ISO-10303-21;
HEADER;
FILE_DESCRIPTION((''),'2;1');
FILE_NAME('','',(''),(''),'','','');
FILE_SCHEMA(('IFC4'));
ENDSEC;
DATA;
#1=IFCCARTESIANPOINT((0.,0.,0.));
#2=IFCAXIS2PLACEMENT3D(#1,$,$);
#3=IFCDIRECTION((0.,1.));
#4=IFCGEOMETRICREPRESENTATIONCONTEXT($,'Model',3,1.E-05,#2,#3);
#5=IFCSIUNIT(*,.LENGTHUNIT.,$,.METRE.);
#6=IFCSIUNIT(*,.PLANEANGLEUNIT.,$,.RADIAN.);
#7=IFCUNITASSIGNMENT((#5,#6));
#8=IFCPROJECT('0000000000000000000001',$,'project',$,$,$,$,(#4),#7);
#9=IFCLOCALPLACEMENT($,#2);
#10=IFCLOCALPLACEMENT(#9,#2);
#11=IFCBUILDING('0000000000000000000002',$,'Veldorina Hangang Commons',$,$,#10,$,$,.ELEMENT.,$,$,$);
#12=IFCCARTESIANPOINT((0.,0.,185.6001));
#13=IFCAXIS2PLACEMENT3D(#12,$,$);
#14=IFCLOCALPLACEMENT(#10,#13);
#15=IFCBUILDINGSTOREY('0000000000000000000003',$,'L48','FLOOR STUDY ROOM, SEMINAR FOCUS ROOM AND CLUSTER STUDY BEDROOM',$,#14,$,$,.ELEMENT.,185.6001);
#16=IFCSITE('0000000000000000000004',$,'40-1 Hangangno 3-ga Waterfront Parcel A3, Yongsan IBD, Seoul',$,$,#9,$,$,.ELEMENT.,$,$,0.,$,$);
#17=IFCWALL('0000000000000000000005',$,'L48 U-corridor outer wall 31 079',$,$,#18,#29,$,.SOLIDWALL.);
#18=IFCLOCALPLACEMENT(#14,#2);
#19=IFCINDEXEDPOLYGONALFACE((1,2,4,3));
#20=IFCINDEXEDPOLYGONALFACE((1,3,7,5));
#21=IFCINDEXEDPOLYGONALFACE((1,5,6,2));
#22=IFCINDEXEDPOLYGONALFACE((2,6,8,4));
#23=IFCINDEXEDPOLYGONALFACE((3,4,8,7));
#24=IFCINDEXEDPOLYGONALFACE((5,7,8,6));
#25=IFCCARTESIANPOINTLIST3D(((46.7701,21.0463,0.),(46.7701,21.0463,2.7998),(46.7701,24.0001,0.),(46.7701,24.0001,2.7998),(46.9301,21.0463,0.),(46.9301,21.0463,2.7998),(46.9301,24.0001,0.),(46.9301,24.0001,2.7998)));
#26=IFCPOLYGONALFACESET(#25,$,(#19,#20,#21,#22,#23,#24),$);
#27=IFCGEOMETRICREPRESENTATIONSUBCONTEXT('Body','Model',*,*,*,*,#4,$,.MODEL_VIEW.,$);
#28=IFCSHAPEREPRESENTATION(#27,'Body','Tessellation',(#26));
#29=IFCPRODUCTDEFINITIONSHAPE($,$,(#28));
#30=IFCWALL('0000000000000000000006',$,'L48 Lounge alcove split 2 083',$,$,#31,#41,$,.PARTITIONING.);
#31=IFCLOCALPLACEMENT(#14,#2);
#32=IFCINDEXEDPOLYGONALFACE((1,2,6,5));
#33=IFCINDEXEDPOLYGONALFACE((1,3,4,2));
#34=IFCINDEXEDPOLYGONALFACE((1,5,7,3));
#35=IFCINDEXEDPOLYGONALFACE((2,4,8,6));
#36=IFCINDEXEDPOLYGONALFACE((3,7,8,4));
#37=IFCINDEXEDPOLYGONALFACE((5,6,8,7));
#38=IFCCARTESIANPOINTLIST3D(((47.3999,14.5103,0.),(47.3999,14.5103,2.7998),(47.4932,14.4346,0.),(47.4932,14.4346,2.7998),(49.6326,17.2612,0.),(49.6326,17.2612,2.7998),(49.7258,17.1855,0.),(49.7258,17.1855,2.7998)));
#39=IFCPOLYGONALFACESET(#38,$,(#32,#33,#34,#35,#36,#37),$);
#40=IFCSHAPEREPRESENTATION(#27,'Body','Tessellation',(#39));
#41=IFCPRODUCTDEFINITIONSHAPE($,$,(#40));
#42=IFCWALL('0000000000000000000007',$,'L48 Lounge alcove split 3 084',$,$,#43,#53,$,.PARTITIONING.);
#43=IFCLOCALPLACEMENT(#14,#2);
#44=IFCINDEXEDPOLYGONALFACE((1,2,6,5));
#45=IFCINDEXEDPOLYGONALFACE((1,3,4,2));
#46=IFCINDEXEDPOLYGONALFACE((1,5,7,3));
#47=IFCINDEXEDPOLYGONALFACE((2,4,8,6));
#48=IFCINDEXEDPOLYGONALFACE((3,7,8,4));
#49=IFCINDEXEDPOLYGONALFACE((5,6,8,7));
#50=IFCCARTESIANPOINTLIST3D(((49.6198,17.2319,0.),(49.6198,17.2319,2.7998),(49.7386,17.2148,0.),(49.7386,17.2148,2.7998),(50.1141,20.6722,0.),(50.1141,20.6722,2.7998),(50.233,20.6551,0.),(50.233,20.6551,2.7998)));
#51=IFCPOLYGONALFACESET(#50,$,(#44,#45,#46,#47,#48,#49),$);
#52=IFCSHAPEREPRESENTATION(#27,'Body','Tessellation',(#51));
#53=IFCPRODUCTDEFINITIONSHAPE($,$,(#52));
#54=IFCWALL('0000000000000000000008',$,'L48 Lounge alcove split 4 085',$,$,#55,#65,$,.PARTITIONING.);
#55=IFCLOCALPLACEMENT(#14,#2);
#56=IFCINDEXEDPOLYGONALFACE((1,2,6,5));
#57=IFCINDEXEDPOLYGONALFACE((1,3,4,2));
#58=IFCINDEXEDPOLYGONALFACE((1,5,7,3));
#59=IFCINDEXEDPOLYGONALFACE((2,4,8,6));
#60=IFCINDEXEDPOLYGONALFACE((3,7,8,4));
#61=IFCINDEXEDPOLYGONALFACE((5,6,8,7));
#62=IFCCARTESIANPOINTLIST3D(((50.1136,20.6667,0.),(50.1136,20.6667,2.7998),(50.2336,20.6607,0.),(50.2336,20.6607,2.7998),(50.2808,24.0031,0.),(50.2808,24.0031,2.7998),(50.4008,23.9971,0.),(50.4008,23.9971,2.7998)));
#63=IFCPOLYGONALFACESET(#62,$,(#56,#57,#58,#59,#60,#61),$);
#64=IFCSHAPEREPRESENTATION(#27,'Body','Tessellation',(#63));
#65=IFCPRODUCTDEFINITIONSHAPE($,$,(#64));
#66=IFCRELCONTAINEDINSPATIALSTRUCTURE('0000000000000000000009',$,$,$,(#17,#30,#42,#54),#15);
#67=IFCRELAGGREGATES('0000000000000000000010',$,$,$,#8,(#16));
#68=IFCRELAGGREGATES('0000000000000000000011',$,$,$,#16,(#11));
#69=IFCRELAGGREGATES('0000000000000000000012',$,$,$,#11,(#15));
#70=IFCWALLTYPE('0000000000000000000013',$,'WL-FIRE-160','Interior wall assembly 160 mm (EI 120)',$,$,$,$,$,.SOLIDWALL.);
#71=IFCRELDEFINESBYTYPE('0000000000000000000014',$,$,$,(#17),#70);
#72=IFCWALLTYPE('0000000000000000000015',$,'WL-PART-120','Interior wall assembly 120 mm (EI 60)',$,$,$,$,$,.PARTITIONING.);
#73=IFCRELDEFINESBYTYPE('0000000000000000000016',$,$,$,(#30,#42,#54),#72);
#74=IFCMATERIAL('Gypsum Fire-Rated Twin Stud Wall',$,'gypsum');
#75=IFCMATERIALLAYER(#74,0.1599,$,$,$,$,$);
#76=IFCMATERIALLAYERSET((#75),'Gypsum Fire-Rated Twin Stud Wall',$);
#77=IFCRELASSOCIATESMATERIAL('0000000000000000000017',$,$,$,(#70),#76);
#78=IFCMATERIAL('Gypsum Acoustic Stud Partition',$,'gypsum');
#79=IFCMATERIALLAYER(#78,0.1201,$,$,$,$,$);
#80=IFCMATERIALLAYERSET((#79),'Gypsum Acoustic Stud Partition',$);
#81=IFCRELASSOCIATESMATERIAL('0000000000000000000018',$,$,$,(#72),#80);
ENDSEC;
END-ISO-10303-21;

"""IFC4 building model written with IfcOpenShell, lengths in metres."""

from ifc_helpers import new_model, si_unit, direction, frame, frame_2d, origin, place, context, subcontext, project, spatial, rectangle, extrude, material, layer, layer_set, type_object, element, save


model = new_model("IFC4")

# Units and contexts
model_context = context("Model", 3, precision=1e-05, world=origin(), true_north=direction((0.0, 1.0)))
body_context = subcontext(model_context, "Body", "Model", "MODEL_VIEW")
ifc_project = project(units=[si_unit("LENGTHUNIT", "METRE"), si_unit("PLANEANGLEUNIT", "RADIAN")], contexts=[model_context])

# Site, building, storey
site_placement = place(None, origin())
site = spatial("IfcSite", under=ifc_project, at=site_placement, Name="40-1 Hangangno 3-ga Waterfront Parcel A3, Yongsan IBD, Seoul", CompositionType="ELEMENT", RefElevation=0.0)
building_placement = place(site_placement, origin())
building = spatial("IfcBuilding", under=site, at=building_placement, Name="Veldorina Hangang Commons", CompositionType="ELEMENT")
storey_placement = place(building_placement, frame((0.0, 0.0, 185.6001)))
storey = spatial("IfcBuildingStorey", under=building, at=storey_placement, Name="L48", Description="FLOOR STUDY ROOM, SEMINAR FOCUS ROOM AND CLUSTER STUDY BEDROOM", CompositionType="ELEMENT", Elevation=185.6001)

# Shared definitions
ifc_material_1 = material(Name="Gypsum Fire-Rated Twin Stud Wall", Category="gypsum")
ifc_layer_1 = layer(ifc_material_1, 0.1599)
ifc_layer_set_1 = layer_set([ifc_layer_1], Name="Gypsum Fire-Rated Twin Stud Wall")
wall_type_1 = type_object("IfcWallType", Name="WL-FIRE-160", Description="Interior wall assembly 160 mm (EI 120)", PredefinedType="SOLIDWALL", material=ifc_layer_set_1)

# Walls
wall_1_placement = place(storey_placement, frame((46.8501, 21.0461, 0.0), z_axis=(0.0, 0.0, 1.0), x_axis=(0.0, 1.0, 0.0)))
element("IfcWall", 1, at=wall_1_placement, inside=storey, type_object=wall_type_1, Name="L48 U-corridor outer wall 31 079", PredefinedType="SOLIDWALL", context=body_context, shape_type="SweptSolid", body=[
    extrude(rectangle(XDim=2.9539, YDim=0.1599, at=frame_2d((1.4771, 0.0))), origin(), (0.0, 0.0, 1.0), 2.7998),
])
ifc_material_2 = material(Name="Gypsum Acoustic Stud Partition", Category="gypsum")
ifc_layer_2 = layer(ifc_material_2, 0.1201)
ifc_layer_set_2 = layer_set([ifc_layer_2], Name="Gypsum Acoustic Stud Partition")
wall_type_2 = type_object("IfcWallType", Name="WL-PART-120", Description="Interior wall assembly 120 mm (EI 60)", PredefinedType="PARTITIONING", material=ifc_layer_set_2)
wall_2_placement = place(storey_placement, frame((47.4465, 14.4724, 0.0), z_axis=(0.0, 0.0, 1.0), x_axis=(0.630167, 0.77646, 0.0)))
element("IfcWall", 2, at=wall_2_placement, inside=storey, type_object=wall_type_2, Name="L48 Lounge alcove split 2 083", PredefinedType="PARTITIONING", context=body_context, shape_type="SweptSolid", body=[
    extrude(rectangle(XDim=3.543, YDim=0.1201, at=frame_2d((1.7715, 0.0))), origin(), (0.0, 0.0, 1.0), 2.7998),
])
wall_3_placement = place(storey_placement, frame((49.6792, 17.2234, 0.0), z_axis=(0.0, 0.0, 1.0), x_axis=(0.142247, 0.989831, 0.0)))
element("IfcWall", 3, at=wall_3_placement, inside=storey, type_object=wall_type_2, Name="L48 Lounge alcove split 3 084", PredefinedType="PARTITIONING", context=body_context, shape_type="SweptSolid", body=[
    extrude(rectangle(XDim=3.4756, YDim=0.1201, at=frame_2d((1.7378, 0.0))), origin(), (0.0, 0.0, 1.0), 2.7998),
])
wall_4_placement = place(storey_placement, frame((50.1736, 20.6636, 0.0), z_axis=(0.0, 0.0, 1.0), x_axis=(0.050062, 0.998746, 0.0)))
element("IfcWall", 4, at=wall_4_placement, inside=storey, type_object=wall_type_2, Name="L48 Lounge alcove split 4 085", PredefinedType="PARTITIONING", context=body_context, shape_type="SweptSolid", body=[
    extrude(rectangle(XDim=3.3406, YDim=0.1201, at=frame_2d((1.6704, 0.0))), origin(), (0.0, 0.0, 1.0), 2.7998),
])

save(model, "model.ifc")
